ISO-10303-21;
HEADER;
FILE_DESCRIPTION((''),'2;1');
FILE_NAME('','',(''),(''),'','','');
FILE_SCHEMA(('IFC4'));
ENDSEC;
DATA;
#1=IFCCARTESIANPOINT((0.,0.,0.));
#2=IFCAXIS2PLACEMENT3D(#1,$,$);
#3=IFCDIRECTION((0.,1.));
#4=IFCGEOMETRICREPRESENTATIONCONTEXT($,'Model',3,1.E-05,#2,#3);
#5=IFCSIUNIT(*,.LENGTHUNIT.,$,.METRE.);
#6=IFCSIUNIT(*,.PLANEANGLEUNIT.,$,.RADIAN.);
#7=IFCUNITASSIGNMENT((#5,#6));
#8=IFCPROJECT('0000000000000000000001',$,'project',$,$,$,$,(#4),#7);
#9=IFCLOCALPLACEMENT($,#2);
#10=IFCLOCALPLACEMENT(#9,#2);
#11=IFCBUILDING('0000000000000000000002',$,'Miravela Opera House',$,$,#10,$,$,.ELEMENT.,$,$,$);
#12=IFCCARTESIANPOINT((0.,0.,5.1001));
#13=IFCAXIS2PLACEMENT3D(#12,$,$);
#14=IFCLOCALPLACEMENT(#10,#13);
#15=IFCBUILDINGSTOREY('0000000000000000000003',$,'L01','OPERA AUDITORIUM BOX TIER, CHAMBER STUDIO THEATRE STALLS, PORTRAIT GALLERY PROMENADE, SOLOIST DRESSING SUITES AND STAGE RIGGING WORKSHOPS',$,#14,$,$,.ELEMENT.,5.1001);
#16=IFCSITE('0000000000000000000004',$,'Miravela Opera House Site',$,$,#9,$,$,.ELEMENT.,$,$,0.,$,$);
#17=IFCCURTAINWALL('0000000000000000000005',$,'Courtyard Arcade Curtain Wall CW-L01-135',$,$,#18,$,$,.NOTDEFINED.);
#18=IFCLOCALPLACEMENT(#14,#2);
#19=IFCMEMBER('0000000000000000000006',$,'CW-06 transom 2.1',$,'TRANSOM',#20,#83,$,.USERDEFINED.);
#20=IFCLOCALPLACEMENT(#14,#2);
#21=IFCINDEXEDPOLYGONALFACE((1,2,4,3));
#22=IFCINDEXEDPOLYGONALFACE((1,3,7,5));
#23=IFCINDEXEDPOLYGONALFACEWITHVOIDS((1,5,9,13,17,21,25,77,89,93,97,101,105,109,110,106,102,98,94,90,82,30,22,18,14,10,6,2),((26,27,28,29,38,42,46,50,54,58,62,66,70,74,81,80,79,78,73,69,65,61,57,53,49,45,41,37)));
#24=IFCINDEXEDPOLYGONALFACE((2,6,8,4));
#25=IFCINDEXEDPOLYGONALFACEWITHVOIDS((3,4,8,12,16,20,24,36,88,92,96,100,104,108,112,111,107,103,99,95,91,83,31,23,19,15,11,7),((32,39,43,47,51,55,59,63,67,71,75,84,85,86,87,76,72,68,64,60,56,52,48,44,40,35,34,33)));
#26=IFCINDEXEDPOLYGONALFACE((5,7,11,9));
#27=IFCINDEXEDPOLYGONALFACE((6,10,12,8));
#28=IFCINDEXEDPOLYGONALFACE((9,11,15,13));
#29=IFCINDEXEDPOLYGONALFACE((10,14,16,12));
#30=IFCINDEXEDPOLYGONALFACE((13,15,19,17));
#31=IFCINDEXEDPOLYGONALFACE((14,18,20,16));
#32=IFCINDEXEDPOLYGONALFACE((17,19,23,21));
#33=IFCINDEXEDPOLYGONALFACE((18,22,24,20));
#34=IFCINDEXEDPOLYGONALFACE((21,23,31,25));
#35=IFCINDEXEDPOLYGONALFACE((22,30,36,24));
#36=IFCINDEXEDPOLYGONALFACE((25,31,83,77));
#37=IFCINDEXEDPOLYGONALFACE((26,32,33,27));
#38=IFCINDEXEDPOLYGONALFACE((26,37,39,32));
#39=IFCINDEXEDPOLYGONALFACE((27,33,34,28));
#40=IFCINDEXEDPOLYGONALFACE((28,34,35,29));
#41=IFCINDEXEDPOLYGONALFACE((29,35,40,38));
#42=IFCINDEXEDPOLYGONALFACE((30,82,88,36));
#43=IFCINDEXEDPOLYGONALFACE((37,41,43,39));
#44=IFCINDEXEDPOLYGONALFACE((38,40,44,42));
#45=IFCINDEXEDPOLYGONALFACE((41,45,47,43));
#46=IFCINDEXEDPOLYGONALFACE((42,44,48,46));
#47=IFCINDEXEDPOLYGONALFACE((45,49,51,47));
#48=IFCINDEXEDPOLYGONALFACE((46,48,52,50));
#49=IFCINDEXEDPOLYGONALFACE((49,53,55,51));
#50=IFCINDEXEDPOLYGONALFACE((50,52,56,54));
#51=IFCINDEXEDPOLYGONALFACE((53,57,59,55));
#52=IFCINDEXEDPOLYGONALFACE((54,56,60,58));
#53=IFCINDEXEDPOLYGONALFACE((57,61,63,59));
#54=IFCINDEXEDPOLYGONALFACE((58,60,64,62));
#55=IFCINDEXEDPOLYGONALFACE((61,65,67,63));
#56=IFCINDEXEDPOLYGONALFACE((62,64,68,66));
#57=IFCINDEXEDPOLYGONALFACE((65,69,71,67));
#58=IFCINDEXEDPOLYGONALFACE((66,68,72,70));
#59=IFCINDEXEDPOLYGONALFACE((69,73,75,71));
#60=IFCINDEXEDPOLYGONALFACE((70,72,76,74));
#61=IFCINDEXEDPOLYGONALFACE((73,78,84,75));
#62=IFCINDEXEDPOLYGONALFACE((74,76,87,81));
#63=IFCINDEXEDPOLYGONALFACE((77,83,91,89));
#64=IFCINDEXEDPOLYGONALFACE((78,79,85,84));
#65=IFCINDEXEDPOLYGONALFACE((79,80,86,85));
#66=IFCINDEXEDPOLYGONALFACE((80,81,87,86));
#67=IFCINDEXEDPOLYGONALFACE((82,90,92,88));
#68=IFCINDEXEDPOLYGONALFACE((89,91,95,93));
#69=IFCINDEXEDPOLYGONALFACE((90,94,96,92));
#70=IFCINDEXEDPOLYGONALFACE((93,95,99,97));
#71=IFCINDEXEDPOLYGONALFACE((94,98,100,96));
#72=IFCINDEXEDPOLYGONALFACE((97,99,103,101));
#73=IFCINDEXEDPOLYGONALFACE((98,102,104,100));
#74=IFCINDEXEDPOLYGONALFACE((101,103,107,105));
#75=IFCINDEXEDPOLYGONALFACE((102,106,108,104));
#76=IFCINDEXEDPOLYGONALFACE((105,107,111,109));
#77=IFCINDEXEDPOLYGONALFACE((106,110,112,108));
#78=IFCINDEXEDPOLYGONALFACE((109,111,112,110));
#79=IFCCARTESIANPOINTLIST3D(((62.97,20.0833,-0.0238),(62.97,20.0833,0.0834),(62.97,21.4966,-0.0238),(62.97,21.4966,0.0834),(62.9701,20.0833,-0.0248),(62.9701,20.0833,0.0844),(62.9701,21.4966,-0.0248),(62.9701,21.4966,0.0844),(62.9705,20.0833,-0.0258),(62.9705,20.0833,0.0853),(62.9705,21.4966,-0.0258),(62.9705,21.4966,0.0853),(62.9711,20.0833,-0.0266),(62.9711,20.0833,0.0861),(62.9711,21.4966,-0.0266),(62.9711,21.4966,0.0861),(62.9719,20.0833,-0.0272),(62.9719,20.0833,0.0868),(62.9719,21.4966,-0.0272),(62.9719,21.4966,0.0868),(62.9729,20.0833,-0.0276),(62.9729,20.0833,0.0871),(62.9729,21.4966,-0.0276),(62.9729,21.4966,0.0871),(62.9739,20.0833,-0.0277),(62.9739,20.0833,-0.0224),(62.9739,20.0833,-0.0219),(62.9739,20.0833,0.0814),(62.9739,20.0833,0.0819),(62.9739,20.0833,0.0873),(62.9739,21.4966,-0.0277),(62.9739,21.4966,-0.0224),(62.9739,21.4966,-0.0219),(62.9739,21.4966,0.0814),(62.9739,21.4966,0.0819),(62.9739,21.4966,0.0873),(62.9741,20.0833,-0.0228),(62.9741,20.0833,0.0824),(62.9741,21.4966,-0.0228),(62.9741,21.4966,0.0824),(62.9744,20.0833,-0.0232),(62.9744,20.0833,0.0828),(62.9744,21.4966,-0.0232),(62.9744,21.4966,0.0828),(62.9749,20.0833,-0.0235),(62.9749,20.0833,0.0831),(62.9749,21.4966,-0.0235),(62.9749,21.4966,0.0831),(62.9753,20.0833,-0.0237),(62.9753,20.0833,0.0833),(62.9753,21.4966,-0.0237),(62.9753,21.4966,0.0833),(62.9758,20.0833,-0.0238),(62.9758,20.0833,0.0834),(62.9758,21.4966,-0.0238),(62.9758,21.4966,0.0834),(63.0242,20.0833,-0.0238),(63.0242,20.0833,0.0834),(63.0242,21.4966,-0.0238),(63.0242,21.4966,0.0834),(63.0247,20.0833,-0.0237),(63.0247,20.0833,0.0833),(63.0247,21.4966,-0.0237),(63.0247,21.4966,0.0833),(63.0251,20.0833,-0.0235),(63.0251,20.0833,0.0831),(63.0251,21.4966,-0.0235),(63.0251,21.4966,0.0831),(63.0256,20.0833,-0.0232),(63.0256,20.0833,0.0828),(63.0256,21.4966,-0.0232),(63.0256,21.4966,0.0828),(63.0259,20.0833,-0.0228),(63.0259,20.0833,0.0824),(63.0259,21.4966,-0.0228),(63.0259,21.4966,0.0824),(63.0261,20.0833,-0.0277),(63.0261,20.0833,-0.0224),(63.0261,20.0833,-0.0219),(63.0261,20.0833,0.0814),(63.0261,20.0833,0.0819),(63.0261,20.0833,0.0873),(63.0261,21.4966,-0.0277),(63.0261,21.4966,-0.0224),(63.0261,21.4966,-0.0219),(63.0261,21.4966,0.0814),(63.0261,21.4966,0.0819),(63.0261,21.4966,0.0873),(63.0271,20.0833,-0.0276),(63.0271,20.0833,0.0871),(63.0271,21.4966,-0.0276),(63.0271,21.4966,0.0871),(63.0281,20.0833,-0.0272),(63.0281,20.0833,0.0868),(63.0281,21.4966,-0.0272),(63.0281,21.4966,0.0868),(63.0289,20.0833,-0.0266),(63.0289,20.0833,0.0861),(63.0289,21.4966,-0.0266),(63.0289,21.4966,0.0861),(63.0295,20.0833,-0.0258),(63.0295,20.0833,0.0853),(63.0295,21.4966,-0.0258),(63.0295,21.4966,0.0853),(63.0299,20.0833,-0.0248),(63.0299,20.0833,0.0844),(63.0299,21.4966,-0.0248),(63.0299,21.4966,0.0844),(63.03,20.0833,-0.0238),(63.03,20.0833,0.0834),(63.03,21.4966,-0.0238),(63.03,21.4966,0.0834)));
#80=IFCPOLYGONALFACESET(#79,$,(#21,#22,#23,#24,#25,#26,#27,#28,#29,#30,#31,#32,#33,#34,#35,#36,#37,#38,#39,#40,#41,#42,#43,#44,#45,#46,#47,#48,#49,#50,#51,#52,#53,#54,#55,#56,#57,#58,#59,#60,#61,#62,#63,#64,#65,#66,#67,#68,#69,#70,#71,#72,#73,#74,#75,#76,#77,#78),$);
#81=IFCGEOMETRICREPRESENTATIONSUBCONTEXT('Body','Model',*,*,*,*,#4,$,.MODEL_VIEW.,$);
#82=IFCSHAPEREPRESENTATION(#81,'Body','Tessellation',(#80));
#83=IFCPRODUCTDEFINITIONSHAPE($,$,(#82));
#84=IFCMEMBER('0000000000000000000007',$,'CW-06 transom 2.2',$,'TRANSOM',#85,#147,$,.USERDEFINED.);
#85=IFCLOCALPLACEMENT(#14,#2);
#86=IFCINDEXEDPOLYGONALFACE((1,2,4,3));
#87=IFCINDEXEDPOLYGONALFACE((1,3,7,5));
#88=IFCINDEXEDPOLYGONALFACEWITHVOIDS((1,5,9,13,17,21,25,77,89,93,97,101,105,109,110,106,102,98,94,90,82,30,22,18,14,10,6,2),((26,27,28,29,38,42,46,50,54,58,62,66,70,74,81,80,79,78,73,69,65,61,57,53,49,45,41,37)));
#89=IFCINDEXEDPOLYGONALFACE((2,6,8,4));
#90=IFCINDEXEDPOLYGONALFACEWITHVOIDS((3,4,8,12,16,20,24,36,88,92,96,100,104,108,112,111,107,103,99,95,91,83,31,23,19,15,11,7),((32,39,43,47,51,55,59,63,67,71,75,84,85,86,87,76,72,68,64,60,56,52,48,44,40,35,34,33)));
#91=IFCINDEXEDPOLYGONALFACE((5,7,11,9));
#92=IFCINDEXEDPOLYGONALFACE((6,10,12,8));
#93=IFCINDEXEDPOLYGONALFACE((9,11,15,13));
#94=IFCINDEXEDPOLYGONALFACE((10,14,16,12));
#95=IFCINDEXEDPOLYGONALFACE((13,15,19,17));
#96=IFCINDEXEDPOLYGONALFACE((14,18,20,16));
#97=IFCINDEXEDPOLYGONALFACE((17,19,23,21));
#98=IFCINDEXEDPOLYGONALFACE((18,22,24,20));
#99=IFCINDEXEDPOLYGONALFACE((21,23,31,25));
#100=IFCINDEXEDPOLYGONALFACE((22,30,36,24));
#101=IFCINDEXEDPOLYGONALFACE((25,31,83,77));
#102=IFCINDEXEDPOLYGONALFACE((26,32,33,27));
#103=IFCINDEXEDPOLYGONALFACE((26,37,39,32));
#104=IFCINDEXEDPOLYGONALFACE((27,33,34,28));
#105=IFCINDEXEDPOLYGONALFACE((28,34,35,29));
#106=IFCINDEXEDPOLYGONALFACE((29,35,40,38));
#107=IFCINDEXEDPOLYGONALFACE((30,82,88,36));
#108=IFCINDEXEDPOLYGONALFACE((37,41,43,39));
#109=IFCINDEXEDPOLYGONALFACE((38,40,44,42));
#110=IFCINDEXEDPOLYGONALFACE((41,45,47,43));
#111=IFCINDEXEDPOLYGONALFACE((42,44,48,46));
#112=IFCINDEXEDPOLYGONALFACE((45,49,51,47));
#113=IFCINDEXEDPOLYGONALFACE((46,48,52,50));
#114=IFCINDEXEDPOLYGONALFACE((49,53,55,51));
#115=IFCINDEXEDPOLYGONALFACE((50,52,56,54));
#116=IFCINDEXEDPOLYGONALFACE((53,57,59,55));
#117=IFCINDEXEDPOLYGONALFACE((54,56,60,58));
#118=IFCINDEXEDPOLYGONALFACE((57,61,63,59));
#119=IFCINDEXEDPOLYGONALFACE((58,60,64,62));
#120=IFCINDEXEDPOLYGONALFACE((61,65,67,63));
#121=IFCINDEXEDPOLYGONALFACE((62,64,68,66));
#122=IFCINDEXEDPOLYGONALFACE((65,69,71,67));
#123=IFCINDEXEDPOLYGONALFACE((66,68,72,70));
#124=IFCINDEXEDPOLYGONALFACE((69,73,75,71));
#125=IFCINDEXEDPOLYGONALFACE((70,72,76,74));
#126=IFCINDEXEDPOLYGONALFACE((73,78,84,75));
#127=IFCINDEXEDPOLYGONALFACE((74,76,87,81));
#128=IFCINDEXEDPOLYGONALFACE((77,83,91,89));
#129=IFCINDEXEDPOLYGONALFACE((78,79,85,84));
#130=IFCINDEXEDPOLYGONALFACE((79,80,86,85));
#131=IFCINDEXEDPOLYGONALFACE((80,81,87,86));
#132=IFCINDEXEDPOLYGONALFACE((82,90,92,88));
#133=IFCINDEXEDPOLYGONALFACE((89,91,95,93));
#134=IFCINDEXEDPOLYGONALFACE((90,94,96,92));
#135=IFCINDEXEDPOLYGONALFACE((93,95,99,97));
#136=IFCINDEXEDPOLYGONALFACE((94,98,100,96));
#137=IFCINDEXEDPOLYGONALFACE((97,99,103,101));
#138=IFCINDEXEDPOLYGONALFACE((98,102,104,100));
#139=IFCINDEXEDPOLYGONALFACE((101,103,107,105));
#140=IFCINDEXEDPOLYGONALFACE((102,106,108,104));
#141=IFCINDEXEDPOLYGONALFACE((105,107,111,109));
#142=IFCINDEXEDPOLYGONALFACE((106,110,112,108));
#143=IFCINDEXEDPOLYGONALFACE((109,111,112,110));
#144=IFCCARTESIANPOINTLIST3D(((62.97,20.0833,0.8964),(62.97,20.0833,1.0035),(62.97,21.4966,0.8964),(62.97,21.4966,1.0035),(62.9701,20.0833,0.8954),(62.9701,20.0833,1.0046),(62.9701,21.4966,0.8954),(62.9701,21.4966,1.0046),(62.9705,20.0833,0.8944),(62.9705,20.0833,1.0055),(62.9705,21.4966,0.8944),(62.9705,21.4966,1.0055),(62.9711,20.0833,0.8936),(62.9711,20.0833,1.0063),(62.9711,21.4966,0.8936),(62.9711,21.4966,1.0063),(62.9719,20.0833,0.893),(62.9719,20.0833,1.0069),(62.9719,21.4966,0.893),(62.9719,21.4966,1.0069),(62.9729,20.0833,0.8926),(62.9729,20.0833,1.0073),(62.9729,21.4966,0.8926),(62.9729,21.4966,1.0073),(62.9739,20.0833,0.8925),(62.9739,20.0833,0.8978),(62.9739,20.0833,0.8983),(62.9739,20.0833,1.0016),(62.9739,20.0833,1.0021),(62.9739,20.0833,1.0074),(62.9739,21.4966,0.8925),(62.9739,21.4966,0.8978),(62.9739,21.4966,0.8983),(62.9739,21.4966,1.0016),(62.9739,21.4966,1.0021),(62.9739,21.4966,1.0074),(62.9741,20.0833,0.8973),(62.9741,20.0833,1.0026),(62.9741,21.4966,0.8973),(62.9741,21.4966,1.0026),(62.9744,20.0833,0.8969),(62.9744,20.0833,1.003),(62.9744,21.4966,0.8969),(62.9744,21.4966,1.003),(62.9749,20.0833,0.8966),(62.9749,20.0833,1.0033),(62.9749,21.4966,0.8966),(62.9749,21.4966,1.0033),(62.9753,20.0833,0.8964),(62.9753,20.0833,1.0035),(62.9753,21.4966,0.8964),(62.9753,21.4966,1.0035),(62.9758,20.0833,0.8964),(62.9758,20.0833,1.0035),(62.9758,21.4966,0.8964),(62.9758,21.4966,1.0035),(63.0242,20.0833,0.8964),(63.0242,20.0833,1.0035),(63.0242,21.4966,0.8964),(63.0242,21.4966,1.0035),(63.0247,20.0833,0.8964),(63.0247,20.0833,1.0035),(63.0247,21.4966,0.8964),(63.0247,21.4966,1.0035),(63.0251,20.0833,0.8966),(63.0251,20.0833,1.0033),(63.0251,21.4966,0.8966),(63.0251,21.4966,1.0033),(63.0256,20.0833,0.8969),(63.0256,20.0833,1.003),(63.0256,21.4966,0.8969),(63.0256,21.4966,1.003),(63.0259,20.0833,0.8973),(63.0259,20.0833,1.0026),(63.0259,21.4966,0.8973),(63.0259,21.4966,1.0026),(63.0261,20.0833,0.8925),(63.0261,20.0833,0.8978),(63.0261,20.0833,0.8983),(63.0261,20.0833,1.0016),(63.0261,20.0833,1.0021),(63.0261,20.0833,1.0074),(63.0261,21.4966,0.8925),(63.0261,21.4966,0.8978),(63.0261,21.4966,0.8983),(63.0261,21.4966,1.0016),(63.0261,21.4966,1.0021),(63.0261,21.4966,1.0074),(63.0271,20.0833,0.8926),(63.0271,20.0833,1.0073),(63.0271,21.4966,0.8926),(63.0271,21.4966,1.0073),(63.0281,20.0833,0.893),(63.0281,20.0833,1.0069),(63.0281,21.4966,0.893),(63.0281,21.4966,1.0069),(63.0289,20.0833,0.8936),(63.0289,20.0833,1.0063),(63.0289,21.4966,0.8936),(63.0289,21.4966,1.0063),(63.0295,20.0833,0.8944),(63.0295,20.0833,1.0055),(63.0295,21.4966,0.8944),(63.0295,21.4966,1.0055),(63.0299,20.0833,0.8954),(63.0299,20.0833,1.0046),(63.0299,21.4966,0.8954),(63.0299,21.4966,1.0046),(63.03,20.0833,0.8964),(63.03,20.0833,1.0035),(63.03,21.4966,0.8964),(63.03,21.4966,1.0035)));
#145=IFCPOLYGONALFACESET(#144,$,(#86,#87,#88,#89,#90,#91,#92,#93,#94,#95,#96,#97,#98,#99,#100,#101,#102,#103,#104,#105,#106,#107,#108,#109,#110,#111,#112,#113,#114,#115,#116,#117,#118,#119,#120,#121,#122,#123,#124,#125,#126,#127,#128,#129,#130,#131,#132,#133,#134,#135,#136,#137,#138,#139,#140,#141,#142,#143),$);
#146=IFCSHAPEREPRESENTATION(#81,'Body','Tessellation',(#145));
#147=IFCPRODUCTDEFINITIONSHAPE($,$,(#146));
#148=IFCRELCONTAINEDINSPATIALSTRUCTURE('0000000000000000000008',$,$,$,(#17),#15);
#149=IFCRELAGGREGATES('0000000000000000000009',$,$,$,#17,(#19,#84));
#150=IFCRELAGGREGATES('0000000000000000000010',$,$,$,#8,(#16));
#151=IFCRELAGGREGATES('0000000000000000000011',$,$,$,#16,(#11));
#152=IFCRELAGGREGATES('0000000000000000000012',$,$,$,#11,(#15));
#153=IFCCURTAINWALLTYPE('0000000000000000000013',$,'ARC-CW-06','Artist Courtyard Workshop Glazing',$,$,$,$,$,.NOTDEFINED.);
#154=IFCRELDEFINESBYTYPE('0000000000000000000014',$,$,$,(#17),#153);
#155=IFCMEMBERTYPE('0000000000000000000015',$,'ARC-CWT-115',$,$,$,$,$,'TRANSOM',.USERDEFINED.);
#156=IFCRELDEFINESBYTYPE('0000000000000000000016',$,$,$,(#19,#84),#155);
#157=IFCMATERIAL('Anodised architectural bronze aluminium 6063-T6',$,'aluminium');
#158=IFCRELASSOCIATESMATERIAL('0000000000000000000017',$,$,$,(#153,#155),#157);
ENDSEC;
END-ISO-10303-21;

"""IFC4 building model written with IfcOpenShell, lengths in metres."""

from ifc_helpers import new_model, si_unit, direction, frame, origin, origin_2d, place, context, subcontext, project, spatial, hollow_rectangle, extrude, material, material_profile, profile_set, type_object, element, aggregate, save


model = new_model("IFC4")

# Units and contexts
model_context = context("Model", 3, precision=1e-05, world=origin(), true_north=direction((0.0, 1.0)))
body_context = subcontext(model_context, "Body", "Model", "MODEL_VIEW")
ifc_project = project(units=[si_unit("LENGTHUNIT", "METRE"), si_unit("PLANEANGLEUNIT", "RADIAN")], contexts=[model_context])

# Site, building, storey
site_placement = place(None, origin())
site = spatial("IfcSite", under=ifc_project, at=site_placement, Name="Miravela Opera House Site", CompositionType="ELEMENT", RefElevation=0.0)
building_placement = place(site_placement, origin())
building = spatial("IfcBuilding", under=site, at=building_placement, Name="Miravela Opera House", CompositionType="ELEMENT")
storey_placement = place(building_placement, frame((0.0, 0.0, 5.1001)))
storey = spatial("IfcBuildingStorey", under=building, at=storey_placement, Name="L01", Description="OPERA AUDITORIUM BOX TIER, CHAMBER STUDIO THEATRE STALLS, PORTRAIT GALLERY PROMENADE, SOLOIST DRESSING SUITES AND STAGE RIGGING WORKSHOPS", CompositionType="ELEMENT", Elevation=5.1001)

# Shared definitions
ifc_material_1 = material(Name="Anodised architectural bronze aluminium 6063-T6", Category="aluminium")
curtain_wall_type = type_object("IfcCurtainWallType", Name="ARC-CW-06", Description="Artist Courtyard Workshop Glazing", PredefinedType="NOTDEFINED", material=ifc_material_1)

# Curtain wall, members
curtain_wall_1_placement = place(storey_placement, origin())
curtain_wall_1 = element("IfcCurtainWall", 1, at=curtain_wall_1_placement, inside=storey, type_object=curtain_wall_type, Name="Courtyard Arcade Curtain Wall CW-L01-135", PredefinedType="NOTDEFINED")
ifc_material_profile_1 = material_profile(ifc_material_1, hollow_rectangle(XDim=0.0601, YDim=0.115, WallThickness=0.0039, InnerFilletRadius=0.002, OuterFilletRadius=0.0039, at=origin_2d()), Name="CWT-60X115")
ifc_profile_set_1 = profile_set([ifc_material_profile_1])
member_type_1 = type_object("IfcMemberType", Name="ARC-CWT-115", ElementType="TRANSOM", PredefinedType="USERDEFINED", material=ifc_profile_set_1)
member_1_placement = place(storey_placement, frame((63.0, 20.0833, 0.0298), z_axis=(0.0, 1.0, 0.0), x_axis=(-1.0, 0.0, 0.0)))
member_1 = element("IfcMember", 2, at=member_1_placement, type_object=member_type_1, Name="CW-06 transom 2.1", ObjectType="TRANSOM", PredefinedType="USERDEFINED", context=body_context, shape_type="SweptSolid", body=[
    extrude(hollow_rectangle(XDim=0.0601, YDim=0.115, WallThickness=0.0039, InnerFilletRadius=0.002, OuterFilletRadius=0.0039, at=origin_2d()), origin(), (0.0, 0.0, 1.0), 1.4133),
])
member_2_placement = place(storey_placement, frame((63.0, 20.0833, 0.95), z_axis=(0.0, 1.0, 0.0), x_axis=(-1.0, 0.0, 0.0)))
member_2 = element("IfcMember", 3, at=member_2_placement, type_object=member_type_1, Name="CW-06 transom 2.2", ObjectType="TRANSOM", PredefinedType="USERDEFINED", context=body_context, shape_type="SweptSolid", body=[
    extrude(hollow_rectangle(XDim=0.0601, YDim=0.115, WallThickness=0.0039, InnerFilletRadius=0.002, OuterFilletRadius=0.0039, at=origin_2d()), origin(), (0.0, 0.0, 1.0), 1.4133),
])

aggregate(curtain_wall_1, [member_1, member_2])

save(model, "model.ifc")
